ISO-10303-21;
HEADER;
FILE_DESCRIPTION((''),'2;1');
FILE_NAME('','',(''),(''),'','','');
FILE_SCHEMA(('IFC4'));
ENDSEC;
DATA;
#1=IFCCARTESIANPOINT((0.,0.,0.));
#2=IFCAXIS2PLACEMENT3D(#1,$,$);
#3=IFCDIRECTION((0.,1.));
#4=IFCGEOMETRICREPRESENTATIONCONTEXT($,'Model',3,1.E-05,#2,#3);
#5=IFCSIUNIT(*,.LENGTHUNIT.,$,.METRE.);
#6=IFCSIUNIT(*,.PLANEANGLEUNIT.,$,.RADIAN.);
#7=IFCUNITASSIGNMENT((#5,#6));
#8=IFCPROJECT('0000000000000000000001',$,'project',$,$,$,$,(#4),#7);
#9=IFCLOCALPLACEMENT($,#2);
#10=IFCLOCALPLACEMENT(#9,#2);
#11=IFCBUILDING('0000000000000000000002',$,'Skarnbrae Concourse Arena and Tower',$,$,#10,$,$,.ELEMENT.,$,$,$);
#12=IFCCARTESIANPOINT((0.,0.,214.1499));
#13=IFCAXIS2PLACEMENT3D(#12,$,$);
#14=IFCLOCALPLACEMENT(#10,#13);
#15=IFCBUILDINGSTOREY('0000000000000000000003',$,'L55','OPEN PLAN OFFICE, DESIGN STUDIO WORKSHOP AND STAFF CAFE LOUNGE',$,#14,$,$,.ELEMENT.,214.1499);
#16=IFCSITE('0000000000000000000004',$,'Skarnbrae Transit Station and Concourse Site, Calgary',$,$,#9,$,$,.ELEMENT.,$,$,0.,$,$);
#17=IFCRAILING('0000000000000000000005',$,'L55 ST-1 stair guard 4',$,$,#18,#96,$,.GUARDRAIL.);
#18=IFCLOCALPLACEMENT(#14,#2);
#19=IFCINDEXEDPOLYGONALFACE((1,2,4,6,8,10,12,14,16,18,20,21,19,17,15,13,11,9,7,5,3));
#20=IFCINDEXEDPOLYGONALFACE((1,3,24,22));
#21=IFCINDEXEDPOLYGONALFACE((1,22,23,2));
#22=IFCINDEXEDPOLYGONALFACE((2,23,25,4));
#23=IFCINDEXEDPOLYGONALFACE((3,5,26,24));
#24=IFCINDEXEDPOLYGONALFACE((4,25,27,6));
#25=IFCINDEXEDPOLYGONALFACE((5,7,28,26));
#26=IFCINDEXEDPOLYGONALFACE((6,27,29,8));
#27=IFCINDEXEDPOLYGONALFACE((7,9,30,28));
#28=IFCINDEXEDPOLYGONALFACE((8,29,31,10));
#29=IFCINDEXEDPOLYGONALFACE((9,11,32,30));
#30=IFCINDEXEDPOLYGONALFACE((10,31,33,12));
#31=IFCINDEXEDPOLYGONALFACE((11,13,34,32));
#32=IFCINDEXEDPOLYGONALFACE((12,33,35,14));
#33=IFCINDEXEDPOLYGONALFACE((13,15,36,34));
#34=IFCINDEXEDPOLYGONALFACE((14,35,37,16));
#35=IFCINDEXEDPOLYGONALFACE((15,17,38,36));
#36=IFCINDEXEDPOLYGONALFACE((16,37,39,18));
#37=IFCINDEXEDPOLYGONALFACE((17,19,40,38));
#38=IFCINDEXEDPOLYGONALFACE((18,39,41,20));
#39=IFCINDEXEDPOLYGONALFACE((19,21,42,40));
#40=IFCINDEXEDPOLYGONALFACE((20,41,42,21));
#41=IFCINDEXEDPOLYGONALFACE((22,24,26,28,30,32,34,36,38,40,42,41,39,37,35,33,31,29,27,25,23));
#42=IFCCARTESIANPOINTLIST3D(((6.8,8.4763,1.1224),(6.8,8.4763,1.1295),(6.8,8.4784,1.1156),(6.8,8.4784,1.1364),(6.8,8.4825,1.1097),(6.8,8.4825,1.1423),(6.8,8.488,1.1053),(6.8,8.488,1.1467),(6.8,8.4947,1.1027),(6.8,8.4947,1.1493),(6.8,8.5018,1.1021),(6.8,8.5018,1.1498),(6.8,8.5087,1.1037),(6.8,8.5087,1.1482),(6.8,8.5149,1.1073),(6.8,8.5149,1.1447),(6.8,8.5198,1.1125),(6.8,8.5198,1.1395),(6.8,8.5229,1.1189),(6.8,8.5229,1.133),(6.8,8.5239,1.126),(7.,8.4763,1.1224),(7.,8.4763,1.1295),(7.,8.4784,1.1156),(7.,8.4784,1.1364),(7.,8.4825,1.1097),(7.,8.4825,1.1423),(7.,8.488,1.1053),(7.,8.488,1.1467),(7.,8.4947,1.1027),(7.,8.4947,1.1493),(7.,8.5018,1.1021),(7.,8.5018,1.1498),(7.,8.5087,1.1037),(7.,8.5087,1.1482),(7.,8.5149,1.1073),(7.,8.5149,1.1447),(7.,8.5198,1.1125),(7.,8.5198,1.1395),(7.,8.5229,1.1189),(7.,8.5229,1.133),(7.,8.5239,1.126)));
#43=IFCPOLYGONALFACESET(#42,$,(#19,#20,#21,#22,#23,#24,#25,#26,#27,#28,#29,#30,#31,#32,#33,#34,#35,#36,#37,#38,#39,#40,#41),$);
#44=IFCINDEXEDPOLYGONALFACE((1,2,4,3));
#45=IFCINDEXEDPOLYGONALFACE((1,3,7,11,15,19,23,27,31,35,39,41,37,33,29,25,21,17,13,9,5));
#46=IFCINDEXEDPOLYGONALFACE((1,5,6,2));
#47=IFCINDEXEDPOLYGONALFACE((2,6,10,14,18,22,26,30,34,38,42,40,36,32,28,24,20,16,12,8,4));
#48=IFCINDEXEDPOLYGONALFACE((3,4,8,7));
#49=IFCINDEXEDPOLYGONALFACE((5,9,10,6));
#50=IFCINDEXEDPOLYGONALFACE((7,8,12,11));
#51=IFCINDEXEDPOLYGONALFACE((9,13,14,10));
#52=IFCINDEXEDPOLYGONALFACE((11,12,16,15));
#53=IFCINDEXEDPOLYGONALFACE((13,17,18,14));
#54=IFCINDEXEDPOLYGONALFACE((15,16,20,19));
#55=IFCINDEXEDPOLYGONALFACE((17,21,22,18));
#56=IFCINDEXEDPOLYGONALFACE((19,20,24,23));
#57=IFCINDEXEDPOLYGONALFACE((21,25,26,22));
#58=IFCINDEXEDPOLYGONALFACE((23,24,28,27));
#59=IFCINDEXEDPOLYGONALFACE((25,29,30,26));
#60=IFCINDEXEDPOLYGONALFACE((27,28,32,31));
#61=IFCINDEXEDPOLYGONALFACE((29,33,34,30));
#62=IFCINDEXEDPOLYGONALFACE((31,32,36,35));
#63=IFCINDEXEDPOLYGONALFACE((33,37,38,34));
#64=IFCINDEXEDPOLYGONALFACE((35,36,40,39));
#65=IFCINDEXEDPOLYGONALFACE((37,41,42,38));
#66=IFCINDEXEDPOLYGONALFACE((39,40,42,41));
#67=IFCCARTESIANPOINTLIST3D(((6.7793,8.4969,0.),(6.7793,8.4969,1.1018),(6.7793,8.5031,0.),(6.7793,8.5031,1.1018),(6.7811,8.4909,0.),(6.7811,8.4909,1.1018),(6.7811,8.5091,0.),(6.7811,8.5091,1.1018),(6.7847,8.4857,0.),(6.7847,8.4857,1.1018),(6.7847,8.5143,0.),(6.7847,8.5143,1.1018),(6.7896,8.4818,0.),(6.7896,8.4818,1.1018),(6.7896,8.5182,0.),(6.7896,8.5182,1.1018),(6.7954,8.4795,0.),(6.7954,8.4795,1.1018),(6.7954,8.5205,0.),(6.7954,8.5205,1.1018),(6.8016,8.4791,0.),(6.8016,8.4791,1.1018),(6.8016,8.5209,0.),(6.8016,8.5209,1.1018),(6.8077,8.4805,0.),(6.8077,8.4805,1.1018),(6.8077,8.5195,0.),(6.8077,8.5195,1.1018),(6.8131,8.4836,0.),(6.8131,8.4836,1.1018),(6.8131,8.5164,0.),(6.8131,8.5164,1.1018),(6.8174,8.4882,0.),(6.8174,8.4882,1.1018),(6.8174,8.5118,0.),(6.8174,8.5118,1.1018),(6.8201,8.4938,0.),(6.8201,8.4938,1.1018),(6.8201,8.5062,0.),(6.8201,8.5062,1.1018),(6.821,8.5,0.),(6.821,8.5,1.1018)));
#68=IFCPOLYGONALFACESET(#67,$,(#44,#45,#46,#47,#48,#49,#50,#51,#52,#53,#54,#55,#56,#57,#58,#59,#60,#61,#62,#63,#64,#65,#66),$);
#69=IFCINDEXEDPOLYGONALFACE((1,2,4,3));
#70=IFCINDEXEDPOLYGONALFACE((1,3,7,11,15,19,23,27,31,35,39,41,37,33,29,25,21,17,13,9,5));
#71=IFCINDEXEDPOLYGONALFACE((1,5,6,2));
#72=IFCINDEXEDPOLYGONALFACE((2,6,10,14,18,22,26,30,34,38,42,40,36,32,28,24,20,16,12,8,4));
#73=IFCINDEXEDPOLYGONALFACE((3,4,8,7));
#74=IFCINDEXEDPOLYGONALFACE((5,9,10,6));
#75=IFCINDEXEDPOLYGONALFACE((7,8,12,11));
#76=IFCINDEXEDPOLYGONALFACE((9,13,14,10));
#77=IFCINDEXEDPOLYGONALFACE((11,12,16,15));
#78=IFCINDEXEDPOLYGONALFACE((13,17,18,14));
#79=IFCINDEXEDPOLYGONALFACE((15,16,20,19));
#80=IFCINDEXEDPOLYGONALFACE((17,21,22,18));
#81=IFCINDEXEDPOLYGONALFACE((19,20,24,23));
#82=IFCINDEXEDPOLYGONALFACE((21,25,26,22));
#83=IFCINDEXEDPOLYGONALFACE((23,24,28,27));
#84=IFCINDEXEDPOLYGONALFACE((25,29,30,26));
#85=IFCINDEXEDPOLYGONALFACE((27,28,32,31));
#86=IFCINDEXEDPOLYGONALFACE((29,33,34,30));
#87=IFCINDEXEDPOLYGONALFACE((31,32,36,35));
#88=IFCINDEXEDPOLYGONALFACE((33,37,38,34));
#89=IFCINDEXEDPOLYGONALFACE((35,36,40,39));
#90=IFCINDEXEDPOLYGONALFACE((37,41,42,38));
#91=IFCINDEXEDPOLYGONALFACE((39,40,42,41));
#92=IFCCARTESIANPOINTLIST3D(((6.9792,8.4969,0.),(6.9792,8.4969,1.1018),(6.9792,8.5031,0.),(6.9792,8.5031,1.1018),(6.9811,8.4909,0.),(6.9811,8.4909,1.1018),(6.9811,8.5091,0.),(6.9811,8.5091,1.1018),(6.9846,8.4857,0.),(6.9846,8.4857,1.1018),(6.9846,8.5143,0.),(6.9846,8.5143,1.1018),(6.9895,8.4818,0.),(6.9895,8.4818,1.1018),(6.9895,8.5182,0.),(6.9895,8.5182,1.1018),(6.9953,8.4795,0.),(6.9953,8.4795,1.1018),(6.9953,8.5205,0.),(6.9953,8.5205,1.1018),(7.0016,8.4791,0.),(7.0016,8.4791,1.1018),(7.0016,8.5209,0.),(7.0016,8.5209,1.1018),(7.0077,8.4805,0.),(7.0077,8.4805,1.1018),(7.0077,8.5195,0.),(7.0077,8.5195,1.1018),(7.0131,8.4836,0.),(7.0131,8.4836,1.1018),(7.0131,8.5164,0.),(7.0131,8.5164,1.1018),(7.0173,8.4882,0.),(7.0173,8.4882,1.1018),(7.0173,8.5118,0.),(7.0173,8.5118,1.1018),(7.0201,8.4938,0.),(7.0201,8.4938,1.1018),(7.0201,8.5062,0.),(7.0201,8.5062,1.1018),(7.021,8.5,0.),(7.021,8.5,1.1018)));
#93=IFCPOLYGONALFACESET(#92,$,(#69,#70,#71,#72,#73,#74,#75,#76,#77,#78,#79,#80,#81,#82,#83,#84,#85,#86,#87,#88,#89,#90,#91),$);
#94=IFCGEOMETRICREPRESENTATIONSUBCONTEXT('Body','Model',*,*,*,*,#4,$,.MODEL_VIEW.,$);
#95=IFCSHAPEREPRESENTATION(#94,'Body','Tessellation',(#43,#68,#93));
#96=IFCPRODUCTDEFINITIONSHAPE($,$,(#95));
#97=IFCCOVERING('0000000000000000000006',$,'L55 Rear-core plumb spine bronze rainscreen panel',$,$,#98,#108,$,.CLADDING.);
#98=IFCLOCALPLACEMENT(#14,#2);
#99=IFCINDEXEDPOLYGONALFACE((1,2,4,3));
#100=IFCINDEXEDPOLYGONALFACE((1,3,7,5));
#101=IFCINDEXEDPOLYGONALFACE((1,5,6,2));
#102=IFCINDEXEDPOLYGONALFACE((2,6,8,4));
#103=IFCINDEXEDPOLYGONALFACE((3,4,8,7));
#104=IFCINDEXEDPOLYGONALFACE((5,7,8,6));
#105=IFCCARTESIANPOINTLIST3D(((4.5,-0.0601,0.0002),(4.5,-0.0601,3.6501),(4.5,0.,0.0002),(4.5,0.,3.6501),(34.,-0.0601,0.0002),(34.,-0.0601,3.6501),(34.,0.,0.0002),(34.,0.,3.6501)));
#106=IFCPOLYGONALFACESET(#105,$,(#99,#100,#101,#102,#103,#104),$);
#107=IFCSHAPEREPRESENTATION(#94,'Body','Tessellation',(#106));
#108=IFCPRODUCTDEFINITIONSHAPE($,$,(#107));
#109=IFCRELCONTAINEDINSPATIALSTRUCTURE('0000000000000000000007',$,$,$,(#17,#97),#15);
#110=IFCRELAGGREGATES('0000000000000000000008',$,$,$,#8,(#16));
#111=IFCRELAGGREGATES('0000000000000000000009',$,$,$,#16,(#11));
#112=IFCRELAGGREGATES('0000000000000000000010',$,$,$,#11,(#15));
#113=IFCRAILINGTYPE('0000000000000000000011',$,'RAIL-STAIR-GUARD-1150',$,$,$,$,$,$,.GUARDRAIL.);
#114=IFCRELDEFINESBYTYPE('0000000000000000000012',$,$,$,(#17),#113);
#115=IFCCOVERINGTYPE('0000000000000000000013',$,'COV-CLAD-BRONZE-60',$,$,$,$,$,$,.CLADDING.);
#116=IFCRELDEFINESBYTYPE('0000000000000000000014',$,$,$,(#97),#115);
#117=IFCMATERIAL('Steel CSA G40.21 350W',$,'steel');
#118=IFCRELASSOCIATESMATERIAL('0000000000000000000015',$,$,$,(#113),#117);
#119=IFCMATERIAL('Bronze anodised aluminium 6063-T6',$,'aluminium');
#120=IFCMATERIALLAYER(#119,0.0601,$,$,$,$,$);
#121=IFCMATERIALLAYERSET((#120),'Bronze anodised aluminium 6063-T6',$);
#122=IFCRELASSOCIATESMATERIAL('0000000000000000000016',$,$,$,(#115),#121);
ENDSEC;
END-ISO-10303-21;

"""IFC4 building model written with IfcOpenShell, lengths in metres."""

from ifc_helpers import new_model, si_unit, direction, frame, origin, origin_2d, place, context, subcontext, project, spatial, rectangle, circle, extrude, source, transform, mapped, material, layer, layer_set, type_object, element, save


model = new_model("IFC4")

# Units and contexts
model_context = context("Model", 3, precision=1e-05, world=origin(), true_north=direction((0.0, 1.0)))
body_context = subcontext(model_context, "Body", "Model", "MODEL_VIEW")
ifc_project = project(units=[si_unit("LENGTHUNIT", "METRE"), si_unit("PLANEANGLEUNIT", "RADIAN")], contexts=[model_context])

# Site, building, storey
site_placement = place(None, origin())
site = spatial("IfcSite", under=ifc_project, at=site_placement, Name="Skarnbrae Transit Station and Concourse Site, Calgary", CompositionType="ELEMENT", RefElevation=0.0)
building_placement = place(site_placement, origin())
building = spatial("IfcBuilding", under=site, at=building_placement, Name="Skarnbrae Concourse Arena and Tower", CompositionType="ELEMENT")
storey_placement = place(building_placement, frame((0.0, 0.0, 214.1499)))
storey = spatial("IfcBuildingStorey", under=building, at=storey_placement, Name="L55", Description="OPEN PLAN OFFICE, DESIGN STUDIO WORKSHOP AND STAFF CAFE LOUNGE", CompositionType="ELEMENT", Elevation=214.1499)

# Shared definitions
ifc_material_1 = material(Name="Steel CSA G40.21 350W", Category="steel")

# Railing
railing_type_1 = type_object("IfcRailingType", Name="RAIL-STAIR-GUARD-1150", PredefinedType="GUARDRAIL", material=ifc_material_1)
railing_1_placement = place(storey_placement, frame((6.8, 8.5, 0.0)))
element("IfcRailing", 1, at=railing_1_placement, inside=storey, type_object=railing_type_1, Name="L55 ST-1 stair guard 4", PredefinedType="GUARDRAIL", context=body_context, shape_type="SweptSolid", body=[
    extrude(circle(Radius=0.0239, at=origin_2d()), frame((0.0, 0.0, 1.126), z_axis=(1.0, 0.0, 0.0), x_axis=(0.0, 1.0, 0.0)), (0.0, 0.0, 1.0), 0.2),
    extrude(circle(Radius=0.021, at=origin_2d()), origin(), (0.0, 0.0, 1.0), 1.1018),
    extrude(circle(Radius=0.021, at=origin_2d()), frame((0.2, 0.0, 0.0)), (0.0, 0.0, 1.0), 1.1018),
])

# Covering
ifc_material_2 = material(Name="Bronze anodised aluminium 6063-T6", Category="aluminium")
ifc_layer_1 = layer(ifc_material_2, 0.0601)
ifc_layer_set_1 = layer_set([ifc_layer_1], Name="Bronze anodised aluminium 6063-T6")
covering_type = type_object("IfcCoveringType", Name="COV-CLAD-BRONZE-60", PredefinedType="CLADDING", material=ifc_layer_set_1)
shared_shape_1 = source(origin(), body_context, "Body", "SweptSolid", [
    extrude(rectangle(XDim=29.5, YDim=0.0601, at=origin_2d()), origin(), (0.0, 0.0, 1.0), 3.6499),
])
covering_placement = place(storey_placement, frame((19.25, -0.03, 0.0002), z_axis=(0.0, 0.0, 1.0), x_axis=(1.0, 0.0, 0.0)))
element("IfcCovering", 2, at=covering_placement, inside=storey, type_object=covering_type, Name="L55 Rear-core plumb spine bronze rainscreen panel", PredefinedType="CLADDING", context=body_context, shape_type="MappedRepresentation", body=[
    mapped(shared_shape_1, transform((0.0, 0.0, 0.0))),
])

save(model, "model.ifc")
